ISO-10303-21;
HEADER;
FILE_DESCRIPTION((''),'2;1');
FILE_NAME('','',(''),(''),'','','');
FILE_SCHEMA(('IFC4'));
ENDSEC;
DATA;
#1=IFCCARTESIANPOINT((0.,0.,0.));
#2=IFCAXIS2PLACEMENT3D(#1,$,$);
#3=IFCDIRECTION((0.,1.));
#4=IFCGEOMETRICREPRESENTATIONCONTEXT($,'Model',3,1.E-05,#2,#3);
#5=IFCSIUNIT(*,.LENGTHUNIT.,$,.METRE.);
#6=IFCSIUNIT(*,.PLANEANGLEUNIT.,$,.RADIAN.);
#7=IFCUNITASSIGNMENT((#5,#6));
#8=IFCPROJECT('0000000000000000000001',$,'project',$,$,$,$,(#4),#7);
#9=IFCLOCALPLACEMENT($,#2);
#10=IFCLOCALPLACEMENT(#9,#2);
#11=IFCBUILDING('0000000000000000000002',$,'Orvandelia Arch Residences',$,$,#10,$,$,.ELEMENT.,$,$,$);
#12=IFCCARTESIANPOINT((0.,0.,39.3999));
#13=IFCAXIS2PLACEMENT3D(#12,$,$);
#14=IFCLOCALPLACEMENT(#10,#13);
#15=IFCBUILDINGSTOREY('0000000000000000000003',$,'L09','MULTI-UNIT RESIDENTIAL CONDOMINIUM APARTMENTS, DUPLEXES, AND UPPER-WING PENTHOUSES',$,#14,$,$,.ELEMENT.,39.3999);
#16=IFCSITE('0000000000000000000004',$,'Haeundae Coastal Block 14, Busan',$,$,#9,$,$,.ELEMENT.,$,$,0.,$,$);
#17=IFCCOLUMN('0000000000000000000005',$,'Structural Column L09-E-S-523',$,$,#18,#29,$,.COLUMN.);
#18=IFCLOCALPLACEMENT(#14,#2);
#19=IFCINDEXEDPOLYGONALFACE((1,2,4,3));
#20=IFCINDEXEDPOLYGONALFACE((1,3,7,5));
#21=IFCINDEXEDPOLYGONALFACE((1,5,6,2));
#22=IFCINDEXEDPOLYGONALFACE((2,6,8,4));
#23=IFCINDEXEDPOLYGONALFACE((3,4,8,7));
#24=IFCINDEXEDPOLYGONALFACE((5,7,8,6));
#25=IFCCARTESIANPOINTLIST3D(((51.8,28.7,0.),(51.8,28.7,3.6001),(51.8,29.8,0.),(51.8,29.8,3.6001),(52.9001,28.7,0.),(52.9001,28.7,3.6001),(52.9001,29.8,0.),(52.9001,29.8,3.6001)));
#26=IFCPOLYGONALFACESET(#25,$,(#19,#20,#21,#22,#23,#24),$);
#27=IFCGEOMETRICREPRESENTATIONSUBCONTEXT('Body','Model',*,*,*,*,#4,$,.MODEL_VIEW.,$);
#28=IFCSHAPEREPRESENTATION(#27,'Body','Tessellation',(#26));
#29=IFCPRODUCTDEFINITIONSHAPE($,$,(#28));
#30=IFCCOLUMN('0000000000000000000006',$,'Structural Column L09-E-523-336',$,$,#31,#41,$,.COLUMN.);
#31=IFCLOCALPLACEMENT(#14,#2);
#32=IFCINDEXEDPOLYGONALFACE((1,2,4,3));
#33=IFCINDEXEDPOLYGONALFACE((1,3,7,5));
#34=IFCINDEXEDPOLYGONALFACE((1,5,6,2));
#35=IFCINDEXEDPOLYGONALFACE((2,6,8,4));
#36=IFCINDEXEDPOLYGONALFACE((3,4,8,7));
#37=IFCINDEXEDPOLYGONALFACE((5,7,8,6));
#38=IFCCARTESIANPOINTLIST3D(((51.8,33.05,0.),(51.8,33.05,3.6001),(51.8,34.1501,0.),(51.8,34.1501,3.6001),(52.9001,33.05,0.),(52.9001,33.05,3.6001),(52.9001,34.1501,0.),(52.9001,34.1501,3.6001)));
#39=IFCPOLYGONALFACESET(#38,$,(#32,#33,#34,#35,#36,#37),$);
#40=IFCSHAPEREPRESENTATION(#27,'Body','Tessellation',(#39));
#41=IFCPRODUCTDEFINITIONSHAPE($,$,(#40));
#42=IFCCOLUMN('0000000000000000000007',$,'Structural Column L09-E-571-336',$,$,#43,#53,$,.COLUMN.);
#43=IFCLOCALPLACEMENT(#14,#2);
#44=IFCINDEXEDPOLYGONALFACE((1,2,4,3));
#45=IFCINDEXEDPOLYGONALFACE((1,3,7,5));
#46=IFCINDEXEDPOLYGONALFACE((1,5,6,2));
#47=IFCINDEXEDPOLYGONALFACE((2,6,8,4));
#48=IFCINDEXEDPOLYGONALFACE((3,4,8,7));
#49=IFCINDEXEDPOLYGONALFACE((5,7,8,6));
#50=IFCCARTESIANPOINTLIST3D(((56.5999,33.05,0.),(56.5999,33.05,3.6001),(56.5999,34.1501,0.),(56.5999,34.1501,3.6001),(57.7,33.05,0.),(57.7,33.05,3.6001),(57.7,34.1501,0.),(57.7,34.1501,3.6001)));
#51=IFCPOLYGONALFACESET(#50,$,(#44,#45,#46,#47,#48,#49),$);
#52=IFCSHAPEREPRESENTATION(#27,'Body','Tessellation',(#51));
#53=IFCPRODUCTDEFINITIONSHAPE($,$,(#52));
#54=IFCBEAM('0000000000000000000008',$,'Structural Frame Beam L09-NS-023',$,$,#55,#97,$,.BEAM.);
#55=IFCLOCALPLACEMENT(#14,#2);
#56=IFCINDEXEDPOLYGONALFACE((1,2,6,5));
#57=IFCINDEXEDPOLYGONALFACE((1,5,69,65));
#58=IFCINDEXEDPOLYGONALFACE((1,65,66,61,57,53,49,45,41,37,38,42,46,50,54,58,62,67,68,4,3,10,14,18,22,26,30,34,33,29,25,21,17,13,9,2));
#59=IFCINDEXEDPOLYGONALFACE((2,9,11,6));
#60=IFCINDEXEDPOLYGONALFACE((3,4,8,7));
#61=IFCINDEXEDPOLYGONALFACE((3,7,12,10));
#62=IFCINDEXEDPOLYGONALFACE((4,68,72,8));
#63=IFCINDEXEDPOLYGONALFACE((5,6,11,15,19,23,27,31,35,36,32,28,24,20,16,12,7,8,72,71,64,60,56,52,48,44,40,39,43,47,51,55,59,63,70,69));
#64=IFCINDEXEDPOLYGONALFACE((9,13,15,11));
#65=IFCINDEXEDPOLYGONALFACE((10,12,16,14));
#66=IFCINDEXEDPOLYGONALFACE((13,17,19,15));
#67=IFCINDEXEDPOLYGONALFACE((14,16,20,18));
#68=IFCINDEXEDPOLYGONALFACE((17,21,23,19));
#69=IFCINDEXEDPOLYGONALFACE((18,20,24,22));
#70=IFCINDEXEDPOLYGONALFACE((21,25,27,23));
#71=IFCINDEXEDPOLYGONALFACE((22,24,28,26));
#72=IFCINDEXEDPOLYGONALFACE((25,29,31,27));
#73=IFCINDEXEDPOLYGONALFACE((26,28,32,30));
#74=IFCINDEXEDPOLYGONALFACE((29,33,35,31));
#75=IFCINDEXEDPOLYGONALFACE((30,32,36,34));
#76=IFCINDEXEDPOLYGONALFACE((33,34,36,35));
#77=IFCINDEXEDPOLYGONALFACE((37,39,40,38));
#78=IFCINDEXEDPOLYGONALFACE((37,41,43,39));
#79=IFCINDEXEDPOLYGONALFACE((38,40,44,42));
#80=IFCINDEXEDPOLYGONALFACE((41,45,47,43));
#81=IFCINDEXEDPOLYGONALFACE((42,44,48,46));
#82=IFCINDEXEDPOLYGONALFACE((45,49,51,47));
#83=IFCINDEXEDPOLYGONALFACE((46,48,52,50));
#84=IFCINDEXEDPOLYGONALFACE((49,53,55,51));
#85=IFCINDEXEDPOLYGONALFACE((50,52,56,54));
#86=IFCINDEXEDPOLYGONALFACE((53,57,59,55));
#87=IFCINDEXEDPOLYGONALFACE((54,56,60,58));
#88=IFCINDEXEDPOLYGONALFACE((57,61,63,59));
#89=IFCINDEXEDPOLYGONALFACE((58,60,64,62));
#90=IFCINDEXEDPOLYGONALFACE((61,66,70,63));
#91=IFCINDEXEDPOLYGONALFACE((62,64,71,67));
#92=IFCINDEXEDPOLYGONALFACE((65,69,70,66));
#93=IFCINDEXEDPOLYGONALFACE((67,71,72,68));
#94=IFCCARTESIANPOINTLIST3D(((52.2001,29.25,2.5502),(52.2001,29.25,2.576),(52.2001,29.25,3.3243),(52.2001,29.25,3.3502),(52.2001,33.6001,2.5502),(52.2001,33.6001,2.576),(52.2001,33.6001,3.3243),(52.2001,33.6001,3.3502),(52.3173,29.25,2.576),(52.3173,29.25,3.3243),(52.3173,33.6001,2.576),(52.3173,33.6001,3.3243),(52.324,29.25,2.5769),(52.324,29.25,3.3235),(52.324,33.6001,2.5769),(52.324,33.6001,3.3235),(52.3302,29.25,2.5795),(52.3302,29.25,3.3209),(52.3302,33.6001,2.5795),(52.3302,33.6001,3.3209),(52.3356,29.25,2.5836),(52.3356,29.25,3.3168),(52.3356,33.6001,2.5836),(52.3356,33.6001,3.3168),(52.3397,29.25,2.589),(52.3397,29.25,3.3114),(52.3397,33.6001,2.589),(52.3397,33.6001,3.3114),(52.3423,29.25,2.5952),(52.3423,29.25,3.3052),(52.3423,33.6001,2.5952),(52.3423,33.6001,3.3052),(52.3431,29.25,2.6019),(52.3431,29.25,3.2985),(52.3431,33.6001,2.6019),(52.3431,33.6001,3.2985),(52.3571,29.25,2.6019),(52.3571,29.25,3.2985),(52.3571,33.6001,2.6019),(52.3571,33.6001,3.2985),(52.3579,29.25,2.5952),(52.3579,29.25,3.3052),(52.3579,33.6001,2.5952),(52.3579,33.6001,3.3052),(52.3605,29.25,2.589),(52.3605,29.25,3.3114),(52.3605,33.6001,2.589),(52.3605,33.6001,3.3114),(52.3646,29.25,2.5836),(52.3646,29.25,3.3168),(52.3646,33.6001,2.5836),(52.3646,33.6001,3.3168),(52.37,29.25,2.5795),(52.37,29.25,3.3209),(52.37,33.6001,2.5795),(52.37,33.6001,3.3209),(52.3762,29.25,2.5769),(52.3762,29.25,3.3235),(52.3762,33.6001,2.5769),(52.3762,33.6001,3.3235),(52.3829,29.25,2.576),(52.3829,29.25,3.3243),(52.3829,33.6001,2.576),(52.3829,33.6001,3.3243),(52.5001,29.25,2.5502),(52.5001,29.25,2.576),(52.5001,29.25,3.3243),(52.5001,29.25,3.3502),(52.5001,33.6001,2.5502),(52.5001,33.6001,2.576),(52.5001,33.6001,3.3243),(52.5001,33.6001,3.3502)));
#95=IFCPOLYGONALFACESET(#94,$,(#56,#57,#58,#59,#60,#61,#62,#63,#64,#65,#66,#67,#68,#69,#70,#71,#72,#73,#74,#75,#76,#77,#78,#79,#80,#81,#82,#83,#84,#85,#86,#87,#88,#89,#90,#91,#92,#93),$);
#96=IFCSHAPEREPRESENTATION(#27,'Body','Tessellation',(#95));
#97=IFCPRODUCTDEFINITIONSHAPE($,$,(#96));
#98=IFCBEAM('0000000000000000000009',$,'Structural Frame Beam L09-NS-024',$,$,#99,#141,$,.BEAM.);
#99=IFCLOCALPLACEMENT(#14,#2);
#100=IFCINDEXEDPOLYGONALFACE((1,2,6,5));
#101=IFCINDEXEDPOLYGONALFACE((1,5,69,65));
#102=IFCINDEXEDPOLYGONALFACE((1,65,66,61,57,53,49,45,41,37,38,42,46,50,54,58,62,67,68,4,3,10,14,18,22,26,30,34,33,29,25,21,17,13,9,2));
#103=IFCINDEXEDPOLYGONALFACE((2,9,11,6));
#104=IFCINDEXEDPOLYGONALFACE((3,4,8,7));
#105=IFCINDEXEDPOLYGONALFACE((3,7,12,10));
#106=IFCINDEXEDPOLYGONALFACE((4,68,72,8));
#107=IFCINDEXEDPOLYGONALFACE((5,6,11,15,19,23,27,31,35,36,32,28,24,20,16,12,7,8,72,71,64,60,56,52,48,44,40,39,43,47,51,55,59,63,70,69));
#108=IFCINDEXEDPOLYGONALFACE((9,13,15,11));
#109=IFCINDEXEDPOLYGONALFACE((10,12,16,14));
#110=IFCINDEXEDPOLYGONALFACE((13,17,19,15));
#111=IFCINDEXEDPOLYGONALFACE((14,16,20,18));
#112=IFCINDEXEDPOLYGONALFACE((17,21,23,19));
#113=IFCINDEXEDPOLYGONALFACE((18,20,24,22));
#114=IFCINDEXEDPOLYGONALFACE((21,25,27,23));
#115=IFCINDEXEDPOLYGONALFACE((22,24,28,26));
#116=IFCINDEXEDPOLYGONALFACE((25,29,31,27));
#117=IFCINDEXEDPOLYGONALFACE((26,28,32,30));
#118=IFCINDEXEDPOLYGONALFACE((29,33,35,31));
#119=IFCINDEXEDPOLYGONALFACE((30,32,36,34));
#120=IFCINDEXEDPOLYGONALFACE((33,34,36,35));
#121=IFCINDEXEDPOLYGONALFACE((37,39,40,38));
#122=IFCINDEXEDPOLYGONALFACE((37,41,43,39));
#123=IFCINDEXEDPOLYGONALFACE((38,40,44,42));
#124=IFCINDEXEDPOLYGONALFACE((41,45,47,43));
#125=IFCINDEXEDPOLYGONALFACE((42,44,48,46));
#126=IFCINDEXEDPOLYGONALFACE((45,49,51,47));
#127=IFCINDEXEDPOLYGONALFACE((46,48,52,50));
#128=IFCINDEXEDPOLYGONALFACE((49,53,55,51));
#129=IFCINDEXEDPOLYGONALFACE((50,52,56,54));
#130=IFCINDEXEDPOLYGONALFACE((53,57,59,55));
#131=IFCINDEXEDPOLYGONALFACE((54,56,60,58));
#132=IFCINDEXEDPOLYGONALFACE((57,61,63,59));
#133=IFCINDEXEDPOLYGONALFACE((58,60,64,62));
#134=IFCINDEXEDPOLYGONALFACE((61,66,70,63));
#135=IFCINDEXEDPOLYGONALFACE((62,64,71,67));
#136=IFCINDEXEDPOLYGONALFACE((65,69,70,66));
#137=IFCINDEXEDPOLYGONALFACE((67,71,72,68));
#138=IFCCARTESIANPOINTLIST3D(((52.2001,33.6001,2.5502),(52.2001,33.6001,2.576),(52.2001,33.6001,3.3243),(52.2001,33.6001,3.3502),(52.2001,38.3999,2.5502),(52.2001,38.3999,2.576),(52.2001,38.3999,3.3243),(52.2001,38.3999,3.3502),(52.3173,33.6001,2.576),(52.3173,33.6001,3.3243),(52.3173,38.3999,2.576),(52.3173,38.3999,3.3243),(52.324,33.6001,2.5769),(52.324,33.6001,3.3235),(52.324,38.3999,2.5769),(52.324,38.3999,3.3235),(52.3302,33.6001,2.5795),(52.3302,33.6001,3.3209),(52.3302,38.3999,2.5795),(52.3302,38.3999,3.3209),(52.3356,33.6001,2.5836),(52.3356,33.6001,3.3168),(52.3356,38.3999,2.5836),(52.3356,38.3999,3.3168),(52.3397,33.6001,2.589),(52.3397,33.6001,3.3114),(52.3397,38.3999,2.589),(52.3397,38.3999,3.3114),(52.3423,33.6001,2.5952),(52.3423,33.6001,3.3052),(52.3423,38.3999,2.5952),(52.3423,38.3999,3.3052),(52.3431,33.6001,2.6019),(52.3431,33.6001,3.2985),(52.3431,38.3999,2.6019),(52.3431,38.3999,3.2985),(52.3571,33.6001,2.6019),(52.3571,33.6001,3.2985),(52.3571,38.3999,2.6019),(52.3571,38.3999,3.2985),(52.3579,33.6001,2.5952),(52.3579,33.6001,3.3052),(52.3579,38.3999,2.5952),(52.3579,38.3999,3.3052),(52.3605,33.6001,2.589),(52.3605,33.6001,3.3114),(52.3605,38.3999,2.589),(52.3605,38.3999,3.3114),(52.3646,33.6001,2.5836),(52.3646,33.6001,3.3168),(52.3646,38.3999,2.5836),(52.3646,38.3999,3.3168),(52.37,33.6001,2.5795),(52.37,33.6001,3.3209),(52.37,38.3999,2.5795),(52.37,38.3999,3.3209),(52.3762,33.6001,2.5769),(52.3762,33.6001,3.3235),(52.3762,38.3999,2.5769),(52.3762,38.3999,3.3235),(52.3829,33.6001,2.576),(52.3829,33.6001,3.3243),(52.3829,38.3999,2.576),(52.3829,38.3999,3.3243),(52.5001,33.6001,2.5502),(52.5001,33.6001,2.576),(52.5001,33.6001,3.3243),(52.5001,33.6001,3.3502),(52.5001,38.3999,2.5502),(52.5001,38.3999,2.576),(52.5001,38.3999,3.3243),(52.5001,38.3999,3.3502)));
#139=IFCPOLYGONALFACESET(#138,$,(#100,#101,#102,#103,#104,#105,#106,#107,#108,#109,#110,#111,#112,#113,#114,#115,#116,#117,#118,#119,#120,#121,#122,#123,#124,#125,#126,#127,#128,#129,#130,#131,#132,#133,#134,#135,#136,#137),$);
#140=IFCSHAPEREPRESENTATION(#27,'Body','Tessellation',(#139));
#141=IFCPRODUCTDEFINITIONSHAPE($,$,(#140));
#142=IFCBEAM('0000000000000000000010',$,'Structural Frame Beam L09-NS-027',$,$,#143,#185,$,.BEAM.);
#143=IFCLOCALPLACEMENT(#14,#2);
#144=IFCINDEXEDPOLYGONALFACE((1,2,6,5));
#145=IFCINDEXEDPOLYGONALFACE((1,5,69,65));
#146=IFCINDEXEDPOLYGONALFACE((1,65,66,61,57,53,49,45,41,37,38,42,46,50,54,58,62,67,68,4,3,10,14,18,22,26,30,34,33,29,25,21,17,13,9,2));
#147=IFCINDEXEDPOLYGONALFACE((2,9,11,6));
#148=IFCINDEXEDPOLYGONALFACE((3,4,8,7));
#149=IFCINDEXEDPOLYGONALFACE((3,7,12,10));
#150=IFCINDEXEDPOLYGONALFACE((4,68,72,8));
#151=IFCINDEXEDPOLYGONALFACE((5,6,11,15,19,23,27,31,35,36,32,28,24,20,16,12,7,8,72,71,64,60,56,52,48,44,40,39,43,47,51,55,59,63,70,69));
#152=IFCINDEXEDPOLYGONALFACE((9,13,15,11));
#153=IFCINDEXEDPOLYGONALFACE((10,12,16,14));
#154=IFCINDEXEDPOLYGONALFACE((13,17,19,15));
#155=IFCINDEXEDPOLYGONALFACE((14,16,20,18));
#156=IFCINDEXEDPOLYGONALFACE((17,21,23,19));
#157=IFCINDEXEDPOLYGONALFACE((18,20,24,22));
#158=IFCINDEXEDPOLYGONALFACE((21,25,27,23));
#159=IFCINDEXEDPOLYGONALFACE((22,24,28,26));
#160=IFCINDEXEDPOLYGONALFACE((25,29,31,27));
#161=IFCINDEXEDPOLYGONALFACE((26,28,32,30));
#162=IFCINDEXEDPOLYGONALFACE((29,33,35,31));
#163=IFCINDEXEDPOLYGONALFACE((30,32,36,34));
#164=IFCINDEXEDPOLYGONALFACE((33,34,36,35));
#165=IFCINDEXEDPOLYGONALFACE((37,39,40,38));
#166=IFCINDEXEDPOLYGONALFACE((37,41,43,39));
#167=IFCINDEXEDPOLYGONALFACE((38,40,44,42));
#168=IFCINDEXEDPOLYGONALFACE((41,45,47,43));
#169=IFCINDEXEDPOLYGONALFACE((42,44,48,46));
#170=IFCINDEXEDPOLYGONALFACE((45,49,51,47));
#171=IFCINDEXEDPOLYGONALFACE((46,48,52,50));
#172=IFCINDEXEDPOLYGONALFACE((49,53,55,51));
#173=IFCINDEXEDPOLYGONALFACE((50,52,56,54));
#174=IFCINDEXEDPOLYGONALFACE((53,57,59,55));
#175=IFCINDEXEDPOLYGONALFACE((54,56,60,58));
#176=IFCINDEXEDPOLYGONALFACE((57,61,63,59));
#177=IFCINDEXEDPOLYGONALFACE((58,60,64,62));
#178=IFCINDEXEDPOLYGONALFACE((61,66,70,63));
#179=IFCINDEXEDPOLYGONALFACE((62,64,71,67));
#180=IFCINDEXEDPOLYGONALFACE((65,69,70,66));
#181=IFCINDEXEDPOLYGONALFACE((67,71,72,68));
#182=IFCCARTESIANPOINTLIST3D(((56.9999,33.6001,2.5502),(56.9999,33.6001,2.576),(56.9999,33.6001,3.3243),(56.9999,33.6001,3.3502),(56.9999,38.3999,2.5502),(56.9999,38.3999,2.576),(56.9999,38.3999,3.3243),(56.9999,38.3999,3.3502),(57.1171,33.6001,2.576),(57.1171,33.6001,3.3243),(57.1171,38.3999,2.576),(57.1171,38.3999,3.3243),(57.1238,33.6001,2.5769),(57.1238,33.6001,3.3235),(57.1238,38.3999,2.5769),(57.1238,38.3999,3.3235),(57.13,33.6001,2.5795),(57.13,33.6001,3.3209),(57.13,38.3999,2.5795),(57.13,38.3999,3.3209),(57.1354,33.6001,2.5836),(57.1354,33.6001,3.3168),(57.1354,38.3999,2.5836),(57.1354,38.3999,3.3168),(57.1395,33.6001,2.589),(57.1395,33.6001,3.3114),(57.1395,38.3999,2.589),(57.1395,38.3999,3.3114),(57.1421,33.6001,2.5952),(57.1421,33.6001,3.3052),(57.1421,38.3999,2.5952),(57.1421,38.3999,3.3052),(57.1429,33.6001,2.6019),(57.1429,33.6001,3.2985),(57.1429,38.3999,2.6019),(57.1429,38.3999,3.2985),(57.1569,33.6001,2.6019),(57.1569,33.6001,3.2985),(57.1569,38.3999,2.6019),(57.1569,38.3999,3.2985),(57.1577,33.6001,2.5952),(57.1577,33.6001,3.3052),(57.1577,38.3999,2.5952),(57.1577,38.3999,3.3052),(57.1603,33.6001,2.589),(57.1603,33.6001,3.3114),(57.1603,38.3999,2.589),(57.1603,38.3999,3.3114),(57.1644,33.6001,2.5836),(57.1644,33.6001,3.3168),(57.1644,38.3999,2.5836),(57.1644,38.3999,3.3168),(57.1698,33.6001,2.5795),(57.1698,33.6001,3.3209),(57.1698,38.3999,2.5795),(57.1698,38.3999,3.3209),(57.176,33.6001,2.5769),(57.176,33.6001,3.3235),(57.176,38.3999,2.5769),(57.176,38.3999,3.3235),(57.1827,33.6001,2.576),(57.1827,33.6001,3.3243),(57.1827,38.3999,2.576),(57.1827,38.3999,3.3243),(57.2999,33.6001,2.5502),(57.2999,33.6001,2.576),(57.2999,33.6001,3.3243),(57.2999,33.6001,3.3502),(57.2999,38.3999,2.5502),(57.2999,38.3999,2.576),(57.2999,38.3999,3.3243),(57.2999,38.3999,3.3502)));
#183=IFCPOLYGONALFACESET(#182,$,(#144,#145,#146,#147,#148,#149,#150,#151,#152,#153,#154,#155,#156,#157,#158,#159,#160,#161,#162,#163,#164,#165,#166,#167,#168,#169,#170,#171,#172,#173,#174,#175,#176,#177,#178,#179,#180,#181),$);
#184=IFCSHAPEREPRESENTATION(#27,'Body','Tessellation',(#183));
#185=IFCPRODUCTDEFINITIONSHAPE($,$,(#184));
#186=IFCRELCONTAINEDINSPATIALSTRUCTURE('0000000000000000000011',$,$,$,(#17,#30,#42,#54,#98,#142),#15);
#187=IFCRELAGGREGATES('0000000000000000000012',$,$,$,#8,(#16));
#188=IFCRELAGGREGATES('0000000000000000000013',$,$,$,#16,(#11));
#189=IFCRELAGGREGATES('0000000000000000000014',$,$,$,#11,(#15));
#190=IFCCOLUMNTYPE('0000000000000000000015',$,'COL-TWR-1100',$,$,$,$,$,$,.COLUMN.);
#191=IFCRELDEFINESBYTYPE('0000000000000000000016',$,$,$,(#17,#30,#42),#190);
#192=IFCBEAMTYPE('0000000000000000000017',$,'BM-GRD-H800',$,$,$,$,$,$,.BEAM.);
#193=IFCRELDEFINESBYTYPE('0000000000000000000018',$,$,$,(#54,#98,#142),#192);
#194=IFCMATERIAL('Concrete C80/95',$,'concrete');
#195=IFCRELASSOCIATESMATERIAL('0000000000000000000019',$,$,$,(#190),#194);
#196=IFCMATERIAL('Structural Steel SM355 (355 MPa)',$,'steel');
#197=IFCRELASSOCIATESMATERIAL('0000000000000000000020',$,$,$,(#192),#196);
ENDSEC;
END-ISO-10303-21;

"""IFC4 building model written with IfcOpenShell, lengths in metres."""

from ifc_helpers import new_model, si_unit, direction, frame, origin, origin_2d, place, context, subcontext, project, spatial, rectangle, i_section, extrude, material, material_profile, profile_set, type_object, element, save


model = new_model("IFC4")

# Units and contexts
model_context = context("Model", 3, precision=1e-05, world=origin(), true_north=direction((0.0, 1.0)))
body_context = subcontext(model_context, "Body", "Model", "MODEL_VIEW")
ifc_project = project(units=[si_unit("LENGTHUNIT", "METRE"), si_unit("PLANEANGLEUNIT", "RADIAN")], contexts=[model_context])

# Site, building, storey
site_placement = place(None, origin())
site = spatial("IfcSite", under=ifc_project, at=site_placement, Name="Haeundae Coastal Block 14, Busan", CompositionType="ELEMENT", RefElevation=0.0)
building_placement = place(site_placement, origin())
building = spatial("IfcBuilding", under=site, at=building_placement, Name="Orvandelia Arch Residences", CompositionType="ELEMENT")
storey_placement = place(building_placement, frame((0.0, 0.0, 39.3999)))
storey = spatial("IfcBuildingStorey", under=building, at=storey_placement, Name="L09", Description="MULTI-UNIT RESIDENTIAL CONDOMINIUM APARTMENTS, DUPLEXES, AND UPPER-WING PENTHOUSES", CompositionType="ELEMENT", Elevation=39.3999)

# Columns
ifc_material_1 = material(Name="Concrete C80/95", Category="concrete")
ifc_material_profile_1 = material_profile(ifc_material_1, rectangle(XDim=1.1001, YDim=1.1001, at=origin_2d()), Name="Concrete C80/95", Category="concrete")
ifc_profile_set_1 = profile_set([ifc_material_profile_1], Name="Concrete C80/95")
column_type = type_object("IfcColumnType", Name="COL-TWR-1100", PredefinedType="COLUMN", material=ifc_profile_set_1)
for number, where, z_axis, x_axis, name in (
    (1, (52.3501, 29.25, 0.0), (0.0, 0.0, 1.0), (1.0, 0.0, 0.0), "Structural Column L09-E-S-523"),
    (2, (52.3501, 33.6001, 0.0), (0.0, 0.0, 1.0), (1.0, 0.0, 0.0), "Structural Column L09-E-523-336"),
    (3, (57.1499, 33.6001, 0.0), (0.0, 0.0, 1.0), (1.0, 0.0, 0.0), "Structural Column L09-E-571-336"),
):
    element("IfcColumn", number, at=place(storey_placement, frame(where, z_axis=z_axis, x_axis=x_axis)), inside=storey, type_object=column_type, Name=name, PredefinedType="COLUMN", context=body_context, shape_type="SweptSolid", body=[
        extrude(rectangle(XDim=1.1001, YDim=1.1001, at=origin_2d()), origin(), (0.0, 0.0, 1.0), 3.6001),
    ])

# Beams
ifc_material_2 = material(Name="Structural Steel SM355 (355 MPa)", Category="steel")
ifc_material_profile_2 = material_profile(ifc_material_2, i_section(OverallWidth=0.3, OverallDepth=0.8, WebThickness=0.0139, FlangeThickness=0.0259, FilletRadius=0.0259, at=origin_2d()), Name="Structural Steel SM355 (355 MPa)", Category="steel")
ifc_profile_set_2 = profile_set([ifc_material_profile_2], Name="Structural Steel SM355 (355 MPa)")
beam_type = type_object("IfcBeamType", Name="BM-GRD-H800", PredefinedType="BEAM", material=ifc_profile_set_2)
beam_placement = place(storey_placement, frame((52.3501, 29.25, 2.9502), z_axis=(0.0, 1.0, 0.0), x_axis=(-1.0, 0.0, 0.0)))
element("IfcBeam", 4, at=beam_placement, inside=storey, type_object=beam_type, Name="Structural Frame Beam L09-NS-023", PredefinedType="BEAM", context=body_context, shape_type="SweptSolid", body=[
    extrude(i_section(OverallWidth=0.3, OverallDepth=0.8, WebThickness=0.0139, FlangeThickness=0.0259, FilletRadius=0.0259, at=origin_2d()), origin(), (0.0, 0.0, 1.0), 4.3501),
])
for number, where, z_axis, x_axis, name in (
    (5, (52.3501, 33.6001, 2.9502), (0.0, 1.0, 0.0), (-1.0, 0.0, 0.0), "Structural Frame Beam L09-NS-024"),
    (6, (57.1499, 33.6001, 2.9502), (0.0, 1.0, 0.0), (-1.0, 0.0, 0.0), "Structural Frame Beam L09-NS-027"),
):
    element("IfcBeam", number, at=place(storey_placement, frame(where, z_axis=z_axis, x_axis=x_axis)), inside=storey, type_object=beam_type, Name=name, PredefinedType="BEAM", context=body_context, shape_type="SweptSolid", body=[
        extrude(i_section(OverallWidth=0.3, OverallDepth=0.8, WebThickness=0.0139, FlangeThickness=0.0259, FilletRadius=0.0259, at=origin_2d()), origin(), (0.0, 0.0, 1.0), 4.7998),
    ])

save(model, "model.ifc")
